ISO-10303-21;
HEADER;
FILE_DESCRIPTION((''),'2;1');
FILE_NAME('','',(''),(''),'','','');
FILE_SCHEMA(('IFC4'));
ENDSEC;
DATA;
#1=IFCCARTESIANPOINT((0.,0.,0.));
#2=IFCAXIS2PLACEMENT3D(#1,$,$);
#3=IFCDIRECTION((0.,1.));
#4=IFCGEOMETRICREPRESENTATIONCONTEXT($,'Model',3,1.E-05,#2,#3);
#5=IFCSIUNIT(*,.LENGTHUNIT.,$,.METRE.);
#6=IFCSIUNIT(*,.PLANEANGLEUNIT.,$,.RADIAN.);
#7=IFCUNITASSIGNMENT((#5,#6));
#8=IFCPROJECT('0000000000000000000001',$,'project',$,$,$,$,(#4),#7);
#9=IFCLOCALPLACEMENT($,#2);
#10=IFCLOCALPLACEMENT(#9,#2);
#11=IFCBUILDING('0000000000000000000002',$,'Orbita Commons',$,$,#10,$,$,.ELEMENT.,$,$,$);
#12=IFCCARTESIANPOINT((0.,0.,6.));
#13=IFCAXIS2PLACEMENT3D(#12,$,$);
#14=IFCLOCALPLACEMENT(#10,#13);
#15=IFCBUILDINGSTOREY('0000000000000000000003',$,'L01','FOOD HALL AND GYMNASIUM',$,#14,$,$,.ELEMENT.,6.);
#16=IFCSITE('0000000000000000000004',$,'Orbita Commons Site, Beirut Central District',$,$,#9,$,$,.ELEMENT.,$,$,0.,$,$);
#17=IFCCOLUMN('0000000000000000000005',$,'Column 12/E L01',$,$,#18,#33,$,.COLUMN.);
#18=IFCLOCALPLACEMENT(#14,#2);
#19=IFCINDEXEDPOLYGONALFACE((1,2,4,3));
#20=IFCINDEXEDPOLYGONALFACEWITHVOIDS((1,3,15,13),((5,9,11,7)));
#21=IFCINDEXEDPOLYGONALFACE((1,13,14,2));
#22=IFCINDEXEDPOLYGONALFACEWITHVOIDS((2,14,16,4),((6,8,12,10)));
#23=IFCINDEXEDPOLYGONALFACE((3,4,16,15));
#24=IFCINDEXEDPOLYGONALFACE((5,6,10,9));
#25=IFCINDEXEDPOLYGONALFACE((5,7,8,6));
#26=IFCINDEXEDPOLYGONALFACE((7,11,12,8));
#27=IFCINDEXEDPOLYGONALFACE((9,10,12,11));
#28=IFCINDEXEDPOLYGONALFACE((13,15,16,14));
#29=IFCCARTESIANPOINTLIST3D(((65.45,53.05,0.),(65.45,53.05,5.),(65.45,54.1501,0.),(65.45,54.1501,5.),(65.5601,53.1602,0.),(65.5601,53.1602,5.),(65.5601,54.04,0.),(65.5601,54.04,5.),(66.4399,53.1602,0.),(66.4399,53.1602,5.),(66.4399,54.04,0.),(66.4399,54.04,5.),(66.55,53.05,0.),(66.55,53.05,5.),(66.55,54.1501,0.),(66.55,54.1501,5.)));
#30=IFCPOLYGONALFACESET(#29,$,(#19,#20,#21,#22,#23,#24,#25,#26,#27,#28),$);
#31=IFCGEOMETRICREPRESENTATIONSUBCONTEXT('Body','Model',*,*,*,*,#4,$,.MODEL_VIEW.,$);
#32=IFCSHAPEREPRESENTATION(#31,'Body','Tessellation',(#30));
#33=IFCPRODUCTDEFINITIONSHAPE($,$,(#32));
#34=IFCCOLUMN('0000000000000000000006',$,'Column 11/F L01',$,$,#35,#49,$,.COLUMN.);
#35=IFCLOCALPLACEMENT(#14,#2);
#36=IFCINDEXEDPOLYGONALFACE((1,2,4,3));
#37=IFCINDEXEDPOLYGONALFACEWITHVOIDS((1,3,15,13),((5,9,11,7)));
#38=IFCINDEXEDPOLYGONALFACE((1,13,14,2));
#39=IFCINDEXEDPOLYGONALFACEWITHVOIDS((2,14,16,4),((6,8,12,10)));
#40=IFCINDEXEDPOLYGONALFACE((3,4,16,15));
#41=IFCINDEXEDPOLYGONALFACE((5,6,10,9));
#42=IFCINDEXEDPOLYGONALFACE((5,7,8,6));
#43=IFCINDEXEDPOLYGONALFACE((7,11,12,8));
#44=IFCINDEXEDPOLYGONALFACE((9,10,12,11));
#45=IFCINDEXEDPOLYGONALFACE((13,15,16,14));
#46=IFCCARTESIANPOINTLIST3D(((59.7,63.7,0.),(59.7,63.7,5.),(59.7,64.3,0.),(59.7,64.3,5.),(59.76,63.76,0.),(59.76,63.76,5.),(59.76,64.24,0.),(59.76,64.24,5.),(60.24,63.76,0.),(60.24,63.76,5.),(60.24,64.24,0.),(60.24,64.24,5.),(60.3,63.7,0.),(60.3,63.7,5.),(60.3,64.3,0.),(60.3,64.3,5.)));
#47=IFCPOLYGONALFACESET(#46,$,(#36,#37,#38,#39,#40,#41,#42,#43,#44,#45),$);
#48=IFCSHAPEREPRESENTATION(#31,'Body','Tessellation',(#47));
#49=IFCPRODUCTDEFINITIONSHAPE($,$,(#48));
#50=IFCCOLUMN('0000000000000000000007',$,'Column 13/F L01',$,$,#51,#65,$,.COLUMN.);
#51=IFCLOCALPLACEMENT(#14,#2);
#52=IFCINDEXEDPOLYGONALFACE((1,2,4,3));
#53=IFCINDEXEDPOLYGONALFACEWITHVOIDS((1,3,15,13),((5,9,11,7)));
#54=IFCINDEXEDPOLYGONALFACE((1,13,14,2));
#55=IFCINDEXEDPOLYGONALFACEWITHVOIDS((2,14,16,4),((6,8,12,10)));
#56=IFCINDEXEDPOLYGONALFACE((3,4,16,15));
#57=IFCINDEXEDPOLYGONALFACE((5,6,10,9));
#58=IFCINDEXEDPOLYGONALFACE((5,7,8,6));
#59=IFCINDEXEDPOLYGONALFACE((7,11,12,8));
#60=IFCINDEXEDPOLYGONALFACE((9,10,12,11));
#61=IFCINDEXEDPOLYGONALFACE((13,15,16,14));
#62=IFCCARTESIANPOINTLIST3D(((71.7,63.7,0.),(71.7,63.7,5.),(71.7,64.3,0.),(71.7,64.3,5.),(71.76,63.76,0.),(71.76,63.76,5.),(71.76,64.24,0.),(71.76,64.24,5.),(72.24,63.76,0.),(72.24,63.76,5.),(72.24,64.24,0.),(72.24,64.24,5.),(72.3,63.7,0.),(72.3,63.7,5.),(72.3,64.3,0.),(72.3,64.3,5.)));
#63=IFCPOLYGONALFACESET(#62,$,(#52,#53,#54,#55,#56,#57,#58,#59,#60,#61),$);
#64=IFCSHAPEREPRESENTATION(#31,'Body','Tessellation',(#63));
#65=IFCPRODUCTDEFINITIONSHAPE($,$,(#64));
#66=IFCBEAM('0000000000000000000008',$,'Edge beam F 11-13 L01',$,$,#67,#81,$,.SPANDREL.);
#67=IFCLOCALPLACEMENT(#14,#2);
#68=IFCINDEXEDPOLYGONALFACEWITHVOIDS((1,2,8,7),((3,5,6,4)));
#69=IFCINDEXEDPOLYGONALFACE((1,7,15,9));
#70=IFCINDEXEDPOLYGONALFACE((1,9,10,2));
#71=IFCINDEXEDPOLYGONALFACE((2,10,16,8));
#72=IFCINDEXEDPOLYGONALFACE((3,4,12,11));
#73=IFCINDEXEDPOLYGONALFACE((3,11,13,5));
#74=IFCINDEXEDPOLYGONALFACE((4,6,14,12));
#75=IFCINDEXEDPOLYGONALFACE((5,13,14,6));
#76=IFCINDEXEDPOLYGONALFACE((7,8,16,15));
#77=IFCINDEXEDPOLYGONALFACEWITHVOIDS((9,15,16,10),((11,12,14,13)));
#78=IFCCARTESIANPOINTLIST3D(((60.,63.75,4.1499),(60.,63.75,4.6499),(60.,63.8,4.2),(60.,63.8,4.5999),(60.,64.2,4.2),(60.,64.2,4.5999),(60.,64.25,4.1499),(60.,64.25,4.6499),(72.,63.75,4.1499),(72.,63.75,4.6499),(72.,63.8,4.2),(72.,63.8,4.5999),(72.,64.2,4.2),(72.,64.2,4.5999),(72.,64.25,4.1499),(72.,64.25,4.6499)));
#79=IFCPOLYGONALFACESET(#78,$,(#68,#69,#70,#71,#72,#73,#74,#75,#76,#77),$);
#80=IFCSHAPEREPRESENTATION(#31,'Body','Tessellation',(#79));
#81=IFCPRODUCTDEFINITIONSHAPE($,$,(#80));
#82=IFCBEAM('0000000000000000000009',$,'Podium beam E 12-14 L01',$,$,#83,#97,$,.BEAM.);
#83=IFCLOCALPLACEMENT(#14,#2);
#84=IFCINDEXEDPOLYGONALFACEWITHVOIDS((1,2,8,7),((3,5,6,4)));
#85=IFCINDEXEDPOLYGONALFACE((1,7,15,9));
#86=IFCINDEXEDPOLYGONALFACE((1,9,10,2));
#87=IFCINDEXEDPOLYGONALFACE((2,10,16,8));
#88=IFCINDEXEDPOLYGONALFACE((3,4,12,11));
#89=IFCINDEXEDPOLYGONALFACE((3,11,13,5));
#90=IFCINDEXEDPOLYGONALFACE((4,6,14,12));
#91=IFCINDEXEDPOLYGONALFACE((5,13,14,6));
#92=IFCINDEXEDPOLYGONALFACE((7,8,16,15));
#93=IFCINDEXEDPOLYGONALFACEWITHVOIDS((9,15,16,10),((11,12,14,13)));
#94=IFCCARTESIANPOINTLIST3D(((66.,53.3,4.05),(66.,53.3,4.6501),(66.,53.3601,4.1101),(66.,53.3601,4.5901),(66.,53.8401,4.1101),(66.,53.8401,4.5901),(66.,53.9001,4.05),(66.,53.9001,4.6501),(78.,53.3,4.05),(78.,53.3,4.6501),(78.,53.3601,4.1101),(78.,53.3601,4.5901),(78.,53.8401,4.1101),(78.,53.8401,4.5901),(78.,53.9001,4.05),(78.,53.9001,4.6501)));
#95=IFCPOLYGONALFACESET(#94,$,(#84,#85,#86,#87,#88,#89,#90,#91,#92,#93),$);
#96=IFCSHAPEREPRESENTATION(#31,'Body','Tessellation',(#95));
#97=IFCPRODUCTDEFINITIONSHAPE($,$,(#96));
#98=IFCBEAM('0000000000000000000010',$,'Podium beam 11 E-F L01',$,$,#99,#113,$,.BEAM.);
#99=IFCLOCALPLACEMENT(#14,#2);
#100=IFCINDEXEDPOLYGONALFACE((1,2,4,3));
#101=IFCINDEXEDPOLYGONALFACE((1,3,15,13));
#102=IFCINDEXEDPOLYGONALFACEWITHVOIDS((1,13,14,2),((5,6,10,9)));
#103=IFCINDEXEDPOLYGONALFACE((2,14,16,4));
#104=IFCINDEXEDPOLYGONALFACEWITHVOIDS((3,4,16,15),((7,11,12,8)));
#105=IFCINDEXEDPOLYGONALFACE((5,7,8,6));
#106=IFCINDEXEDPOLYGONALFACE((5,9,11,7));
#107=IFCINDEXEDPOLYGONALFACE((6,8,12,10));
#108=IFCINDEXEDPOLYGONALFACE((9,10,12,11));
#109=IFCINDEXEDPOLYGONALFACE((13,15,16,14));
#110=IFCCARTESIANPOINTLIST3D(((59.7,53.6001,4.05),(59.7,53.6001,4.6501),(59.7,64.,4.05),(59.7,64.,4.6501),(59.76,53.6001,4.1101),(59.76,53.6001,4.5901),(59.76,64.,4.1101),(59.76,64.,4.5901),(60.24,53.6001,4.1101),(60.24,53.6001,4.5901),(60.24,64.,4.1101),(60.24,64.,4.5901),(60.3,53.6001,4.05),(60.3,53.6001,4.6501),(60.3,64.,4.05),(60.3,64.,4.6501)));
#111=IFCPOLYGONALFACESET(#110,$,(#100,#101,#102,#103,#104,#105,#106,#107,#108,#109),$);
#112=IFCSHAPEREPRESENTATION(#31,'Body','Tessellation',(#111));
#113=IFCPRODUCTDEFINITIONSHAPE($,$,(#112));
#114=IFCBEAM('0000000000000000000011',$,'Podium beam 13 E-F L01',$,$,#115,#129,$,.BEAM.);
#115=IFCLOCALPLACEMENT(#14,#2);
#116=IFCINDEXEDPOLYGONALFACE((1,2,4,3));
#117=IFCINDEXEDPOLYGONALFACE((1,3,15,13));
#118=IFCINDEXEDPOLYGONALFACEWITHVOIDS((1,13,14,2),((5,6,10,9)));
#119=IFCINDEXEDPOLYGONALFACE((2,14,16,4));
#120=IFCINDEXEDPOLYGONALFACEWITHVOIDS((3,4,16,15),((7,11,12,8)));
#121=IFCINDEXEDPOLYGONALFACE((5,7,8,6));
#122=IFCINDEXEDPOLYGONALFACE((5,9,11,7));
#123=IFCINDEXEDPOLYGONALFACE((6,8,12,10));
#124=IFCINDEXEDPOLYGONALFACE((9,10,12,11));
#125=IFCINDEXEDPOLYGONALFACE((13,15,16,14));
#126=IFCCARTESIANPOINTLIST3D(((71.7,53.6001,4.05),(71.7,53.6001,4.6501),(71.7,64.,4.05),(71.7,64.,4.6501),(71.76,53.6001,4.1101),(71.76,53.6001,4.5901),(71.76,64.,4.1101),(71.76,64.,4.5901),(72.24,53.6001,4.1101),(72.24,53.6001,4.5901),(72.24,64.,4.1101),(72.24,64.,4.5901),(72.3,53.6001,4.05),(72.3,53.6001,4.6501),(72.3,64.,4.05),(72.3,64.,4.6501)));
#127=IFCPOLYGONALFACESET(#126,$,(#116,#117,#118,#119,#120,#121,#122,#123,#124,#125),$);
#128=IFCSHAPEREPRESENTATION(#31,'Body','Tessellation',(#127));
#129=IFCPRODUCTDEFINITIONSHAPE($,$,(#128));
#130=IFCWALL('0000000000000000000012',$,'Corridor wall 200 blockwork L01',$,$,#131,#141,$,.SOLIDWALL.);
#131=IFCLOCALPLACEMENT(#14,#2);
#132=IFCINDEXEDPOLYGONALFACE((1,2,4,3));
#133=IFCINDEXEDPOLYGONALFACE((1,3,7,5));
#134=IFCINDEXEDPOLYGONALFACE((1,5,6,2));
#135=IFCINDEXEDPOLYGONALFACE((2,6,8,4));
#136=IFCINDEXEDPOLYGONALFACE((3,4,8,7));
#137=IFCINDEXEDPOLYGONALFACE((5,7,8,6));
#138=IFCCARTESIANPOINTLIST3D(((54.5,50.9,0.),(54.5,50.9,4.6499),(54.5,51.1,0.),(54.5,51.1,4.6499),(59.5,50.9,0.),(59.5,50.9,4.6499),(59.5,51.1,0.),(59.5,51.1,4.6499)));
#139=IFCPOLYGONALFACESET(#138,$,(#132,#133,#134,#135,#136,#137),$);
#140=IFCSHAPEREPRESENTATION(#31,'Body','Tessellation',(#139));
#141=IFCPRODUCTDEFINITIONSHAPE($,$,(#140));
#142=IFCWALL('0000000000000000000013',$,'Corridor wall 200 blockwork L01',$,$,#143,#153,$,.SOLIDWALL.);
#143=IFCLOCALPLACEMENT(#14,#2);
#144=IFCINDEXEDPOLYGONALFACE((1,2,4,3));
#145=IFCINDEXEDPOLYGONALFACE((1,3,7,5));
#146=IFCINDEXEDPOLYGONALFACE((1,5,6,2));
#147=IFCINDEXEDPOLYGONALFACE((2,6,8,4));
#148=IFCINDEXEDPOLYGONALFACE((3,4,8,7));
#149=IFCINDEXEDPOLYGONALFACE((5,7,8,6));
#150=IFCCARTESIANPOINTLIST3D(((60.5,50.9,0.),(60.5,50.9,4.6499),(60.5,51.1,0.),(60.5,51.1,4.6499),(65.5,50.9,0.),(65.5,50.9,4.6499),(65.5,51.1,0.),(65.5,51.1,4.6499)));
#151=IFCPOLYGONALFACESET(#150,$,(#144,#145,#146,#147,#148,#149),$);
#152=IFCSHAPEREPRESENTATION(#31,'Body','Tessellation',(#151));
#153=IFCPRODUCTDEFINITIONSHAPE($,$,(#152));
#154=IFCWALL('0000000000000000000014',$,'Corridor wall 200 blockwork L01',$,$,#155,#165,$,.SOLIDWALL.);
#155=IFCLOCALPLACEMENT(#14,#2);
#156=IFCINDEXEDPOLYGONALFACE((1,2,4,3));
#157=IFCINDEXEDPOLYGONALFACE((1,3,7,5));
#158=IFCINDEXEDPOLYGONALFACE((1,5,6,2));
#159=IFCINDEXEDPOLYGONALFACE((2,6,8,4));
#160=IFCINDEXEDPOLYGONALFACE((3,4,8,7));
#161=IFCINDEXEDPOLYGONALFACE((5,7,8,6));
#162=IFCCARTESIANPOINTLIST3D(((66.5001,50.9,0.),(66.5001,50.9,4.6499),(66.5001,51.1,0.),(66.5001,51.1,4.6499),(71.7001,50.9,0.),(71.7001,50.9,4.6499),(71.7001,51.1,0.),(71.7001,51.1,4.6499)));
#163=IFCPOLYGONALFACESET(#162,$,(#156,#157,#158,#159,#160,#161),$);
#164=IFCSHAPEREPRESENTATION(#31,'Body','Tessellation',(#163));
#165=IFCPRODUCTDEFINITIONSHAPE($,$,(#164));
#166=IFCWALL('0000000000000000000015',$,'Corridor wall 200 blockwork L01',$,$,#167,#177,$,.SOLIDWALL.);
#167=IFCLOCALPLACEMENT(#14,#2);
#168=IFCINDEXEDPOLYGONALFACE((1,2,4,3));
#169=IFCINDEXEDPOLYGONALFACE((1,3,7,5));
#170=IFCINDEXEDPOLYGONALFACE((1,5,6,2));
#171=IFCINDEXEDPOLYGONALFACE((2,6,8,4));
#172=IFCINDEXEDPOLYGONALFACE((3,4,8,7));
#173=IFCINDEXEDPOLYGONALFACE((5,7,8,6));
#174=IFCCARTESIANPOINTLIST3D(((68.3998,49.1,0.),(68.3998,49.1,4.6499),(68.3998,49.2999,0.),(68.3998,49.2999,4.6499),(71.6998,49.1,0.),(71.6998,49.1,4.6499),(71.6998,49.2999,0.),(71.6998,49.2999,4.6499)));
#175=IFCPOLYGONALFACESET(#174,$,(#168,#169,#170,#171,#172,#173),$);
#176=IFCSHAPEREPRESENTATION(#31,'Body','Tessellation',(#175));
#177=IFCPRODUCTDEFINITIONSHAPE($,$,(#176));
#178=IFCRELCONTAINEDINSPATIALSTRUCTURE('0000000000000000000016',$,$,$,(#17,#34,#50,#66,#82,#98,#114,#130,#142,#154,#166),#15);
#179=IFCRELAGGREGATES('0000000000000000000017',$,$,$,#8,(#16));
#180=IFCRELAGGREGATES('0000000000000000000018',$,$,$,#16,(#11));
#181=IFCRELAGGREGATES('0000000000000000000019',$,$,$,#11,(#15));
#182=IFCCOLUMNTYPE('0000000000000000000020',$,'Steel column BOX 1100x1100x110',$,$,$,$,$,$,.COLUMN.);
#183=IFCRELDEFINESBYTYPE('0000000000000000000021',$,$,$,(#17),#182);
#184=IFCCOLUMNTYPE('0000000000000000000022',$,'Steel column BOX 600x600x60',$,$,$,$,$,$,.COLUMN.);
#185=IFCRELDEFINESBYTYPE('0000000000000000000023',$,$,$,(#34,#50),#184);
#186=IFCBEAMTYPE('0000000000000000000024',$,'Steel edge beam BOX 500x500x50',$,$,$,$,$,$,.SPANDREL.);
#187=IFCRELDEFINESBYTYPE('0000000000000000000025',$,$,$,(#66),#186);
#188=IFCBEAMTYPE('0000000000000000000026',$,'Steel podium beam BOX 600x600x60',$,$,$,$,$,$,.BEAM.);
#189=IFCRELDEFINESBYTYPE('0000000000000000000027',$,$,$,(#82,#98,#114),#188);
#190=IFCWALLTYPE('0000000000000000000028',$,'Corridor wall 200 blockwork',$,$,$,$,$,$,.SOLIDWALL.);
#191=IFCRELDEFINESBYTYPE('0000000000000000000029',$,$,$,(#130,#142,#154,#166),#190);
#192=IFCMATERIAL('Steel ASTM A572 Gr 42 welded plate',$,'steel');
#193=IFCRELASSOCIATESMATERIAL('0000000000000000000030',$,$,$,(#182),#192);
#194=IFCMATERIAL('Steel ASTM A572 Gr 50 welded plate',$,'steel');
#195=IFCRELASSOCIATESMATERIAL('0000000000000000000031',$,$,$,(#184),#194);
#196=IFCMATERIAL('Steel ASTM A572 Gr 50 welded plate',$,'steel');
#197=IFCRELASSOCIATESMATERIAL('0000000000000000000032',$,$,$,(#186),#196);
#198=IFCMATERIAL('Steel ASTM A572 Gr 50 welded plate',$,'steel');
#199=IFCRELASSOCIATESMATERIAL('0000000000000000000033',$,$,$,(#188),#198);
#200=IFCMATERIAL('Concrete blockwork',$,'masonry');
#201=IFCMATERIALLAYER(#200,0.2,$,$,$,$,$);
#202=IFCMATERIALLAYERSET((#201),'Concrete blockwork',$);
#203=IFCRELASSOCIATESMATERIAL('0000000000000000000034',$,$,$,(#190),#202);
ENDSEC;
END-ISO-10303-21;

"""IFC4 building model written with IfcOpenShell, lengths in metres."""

from ifc_helpers import new_model, si_unit, direction, frame, frame_2d, origin, origin_2d, place, context, subcontext, project, spatial, rectangle, hollow_rectangle, extrude, material, layer, layer_set, material_profile, profile_set, type_object, element, save


model = new_model("IFC4")

# Units and contexts
model_context = context("Model", 3, precision=1e-05, world=origin(), true_north=direction((0.0, 1.0)))
body_context = subcontext(model_context, "Body", "Model", "MODEL_VIEW")
ifc_project = project(units=[si_unit("LENGTHUNIT", "METRE"), si_unit("PLANEANGLEUNIT", "RADIAN")], contexts=[model_context])

# Site, building, storey
site_placement = place(None, origin())
site = spatial("IfcSite", under=ifc_project, at=site_placement, Name="Orbita Commons Site, Beirut Central District", CompositionType="ELEMENT", RefElevation=0.0)
building_placement = place(site_placement, origin())
building = spatial("IfcBuilding", under=site, at=building_placement, Name="Orbita Commons", CompositionType="ELEMENT")
storey_placement = place(building_placement, frame((0.0, 0.0, 6.0)))
storey = spatial("IfcBuildingStorey", under=building, at=storey_placement, Name="L01", Description="FOOD HALL AND GYMNASIUM", CompositionType="ELEMENT", Elevation=6.0)

# Columns
ifc_material_1 = material(Name="Steel ASTM A572 Gr 42 welded plate", Category="steel")
ifc_material_profile_1 = material_profile(ifc_material_1, hollow_rectangle(XDim=1.1001, YDim=1.1001, WallThickness=0.1101, at=origin_2d()), Name="BOX 1100x1100x110")
ifc_profile_set_1 = profile_set([ifc_material_profile_1], Name="Steel ASTM A572 Gr 42 welded plate")
column_type_1 = type_object("IfcColumnType", Name="Steel column BOX 1100x1100x110", PredefinedType="COLUMN", material=ifc_profile_set_1)
column_placement = place(storey_placement, frame((66.0, 53.6001, 0.0), z_axis=(0.0, 0.0, 1.0), x_axis=(1.0, 0.0, 0.0)))
element("IfcColumn", 1, at=column_placement, inside=storey, type_object=column_type_1, Name="Column 12/E L01", PredefinedType="COLUMN", context=body_context, shape_type="SweptSolid", body=[
    extrude(hollow_rectangle(XDim=1.1001, YDim=1.1001, WallThickness=0.1101, at=origin_2d()), origin(), (0.0, 0.0, 1.0), 5.0),
])
ifc_material_2 = material(Name="Steel ASTM A572 Gr 50 welded plate", Category="steel")
ifc_material_profile_2 = material_profile(ifc_material_2, hollow_rectangle(XDim=0.6001, YDim=0.6001, WallThickness=0.0601, at=origin_2d()), Name="BOX 600x600x60")
ifc_profile_set_2 = profile_set([ifc_material_profile_2], Name="Steel ASTM A572 Gr 50 welded plate")
column_type_2 = type_object("IfcColumnType", Name="Steel column BOX 600x600x60", PredefinedType="COLUMN", material=ifc_profile_set_2)
for number, where, z_axis, x_axis, name in (
    (2, (60.0, 64.0, 0.0), (0.0, 0.0, 1.0), (1.0, 0.0, 0.0), "Column 11/F L01"),
    (3, (72.0, 64.0, 0.0), (0.0, 0.0, 1.0), (1.0, 0.0, 0.0), "Column 13/F L01"),
):
    element("IfcColumn", number, at=place(storey_placement, frame(where, z_axis=z_axis, x_axis=x_axis)), inside=storey, type_object=column_type_2, Name=name, PredefinedType="COLUMN", context=body_context, shape_type="SweptSolid", body=[
        extrude(hollow_rectangle(XDim=0.6001, YDim=0.6001, WallThickness=0.0601, at=origin_2d()), origin(), (0.0, 0.0, 1.0), 5.0),
    ])

# Beams
ifc_material_3 = material(Name="Steel ASTM A572 Gr 50 welded plate", Category="steel")
ifc_material_profile_3 = material_profile(ifc_material_3, hollow_rectangle(XDim=0.5, YDim=0.5, WallThickness=0.05, at=origin_2d()), Name="BOX 500x500x50")
ifc_profile_set_3 = profile_set([ifc_material_profile_3], Name="Steel ASTM A572 Gr 50 welded plate")
beam_type_1 = type_object("IfcBeamType", Name="Steel edge beam BOX 500x500x50", PredefinedType="SPANDREL", material=ifc_profile_set_3)
beam_1_placement = place(storey_placement, frame((60.0, 64.0, 4.3999), z_axis=(1.0, 0.0, 0.0), x_axis=(0.0, 1.0, 0.0)))
element("IfcBeam", 4, at=beam_1_placement, inside=storey, type_object=beam_type_1, Name="Edge beam F 11-13 L01", PredefinedType="SPANDREL", context=body_context, shape_type="SweptSolid", body=[
    extrude(hollow_rectangle(XDim=0.5, YDim=0.5, WallThickness=0.05, at=origin_2d()), origin(), (0.0, 0.0, 1.0), 12.0),
])
ifc_material_4 = material(Name="Steel ASTM A572 Gr 50 welded plate", Category="steel")
ifc_material_profile_4 = material_profile(ifc_material_4, hollow_rectangle(XDim=0.6001, YDim=0.6001, WallThickness=0.0601, at=origin_2d()), Name="BOX 600x600x60")
ifc_profile_set_4 = profile_set([ifc_material_profile_4], Name="Steel ASTM A572 Gr 50 welded plate")
beam_type_2 = type_object("IfcBeamType", Name="Steel podium beam BOX 600x600x60", PredefinedType="BEAM", material=ifc_profile_set_4)
beam_2_placement = place(storey_placement, frame((66.0, 53.6001, 4.3501), z_axis=(1.0, 0.0, 0.0), x_axis=(0.0, 1.0, 0.0)))
element("IfcBeam", 5, at=beam_2_placement, inside=storey, type_object=beam_type_2, Name="Podium beam E 12-14 L01", PredefinedType="BEAM", context=body_context, shape_type="SweptSolid", body=[
    extrude(hollow_rectangle(XDim=0.6001, YDim=0.6001, WallThickness=0.0601, at=origin_2d()), origin(), (0.0, 0.0, 1.0), 12.0),
])
for number, where, z_axis, x_axis, name in (
    (6, (60.0, 53.6001, 4.3501), (0.0, 1.0, 0.0), (-1.0, 0.0, 0.0), "Podium beam 11 E-F L01"),
    (7, (72.0, 53.6001, 4.3501), (0.0, 1.0, 0.0), (-1.0, 0.0, 0.0), "Podium beam 13 E-F L01"),
):
    element("IfcBeam", number, at=place(storey_placement, frame(where, z_axis=z_axis, x_axis=x_axis)), inside=storey, type_object=beam_type_2, Name=name, PredefinedType="BEAM", context=body_context, shape_type="SweptSolid", body=[
        extrude(hollow_rectangle(XDim=0.6001, YDim=0.6001, WallThickness=0.0601, at=origin_2d()), origin(), (0.0, 0.0, 1.0), 10.3999),
    ])

# Walls
ifc_material_5 = material(Name="Concrete blockwork", Category="masonry")
ifc_layer_1 = layer(ifc_material_5, 0.2)
ifc_layer_set_1 = layer_set([ifc_layer_1], Name="Concrete blockwork")
wall_type_1 = type_object("IfcWallType", Name="Corridor wall 200 blockwork", PredefinedType="SOLIDWALL", material=ifc_layer_set_1)
for number, where, z_axis, x_axis, name in (
    (8, (54.5, 51.0, 0.0), (0.0, 0.0, 1.0), (1.0, 0.0, 0.0), "Corridor wall 200 blockwork L01"),
    (9, (60.5, 51.0, 0.0), (0.0, 0.0, 1.0), (1.0, 0.0, 0.0), "Corridor wall 200 blockwork L01"),
):
    element("IfcWall", number, at=place(storey_placement, frame(where, z_axis=z_axis, x_axis=x_axis)), inside=storey, type_object=wall_type_1, Name=name, PredefinedType="SOLIDWALL", context=body_context, shape_type="SweptSolid", body=[
        extrude(rectangle(XDim=5.0, YDim=0.2, at=frame_2d((2.5, 0.0))), origin(), (0.0, 0.0, 1.0), 4.6499),
    ])
wall_1_placement = place(storey_placement, frame((66.5, 51.0, 0.0), z_axis=(0.0, 0.0, 1.0), x_axis=(1.0, 0.0, 0.0)))
element("IfcWall", 10, at=wall_1_placement, inside=storey, type_object=wall_type_1, Name="Corridor wall 200 blockwork L01", PredefinedType="SOLIDWALL", context=body_context, shape_type="SweptSolid", body=[
    extrude(rectangle(XDim=5.2, YDim=0.2, at=frame_2d((2.6001, 0.0))), origin(), (0.0, 0.0, 1.0), 4.6499),
])
wall_2_placement = place(storey_placement, frame((68.3999, 49.2, 0.0), z_axis=(0.0, 0.0, 1.0), x_axis=(1.0, 0.0, 0.0)))
element("IfcWall", 11, at=wall_2_placement, inside=storey, type_object=wall_type_1, Name="Corridor wall 200 blockwork L01", PredefinedType="SOLIDWALL", context=body_context, shape_type="SweptSolid", body=[
    extrude(rectangle(XDim=3.3, YDim=0.2, at=frame_2d((1.6499, 0.0))), origin(), (0.0, 0.0, 1.0), 4.6499),
])

save(model, "model.ifc")
